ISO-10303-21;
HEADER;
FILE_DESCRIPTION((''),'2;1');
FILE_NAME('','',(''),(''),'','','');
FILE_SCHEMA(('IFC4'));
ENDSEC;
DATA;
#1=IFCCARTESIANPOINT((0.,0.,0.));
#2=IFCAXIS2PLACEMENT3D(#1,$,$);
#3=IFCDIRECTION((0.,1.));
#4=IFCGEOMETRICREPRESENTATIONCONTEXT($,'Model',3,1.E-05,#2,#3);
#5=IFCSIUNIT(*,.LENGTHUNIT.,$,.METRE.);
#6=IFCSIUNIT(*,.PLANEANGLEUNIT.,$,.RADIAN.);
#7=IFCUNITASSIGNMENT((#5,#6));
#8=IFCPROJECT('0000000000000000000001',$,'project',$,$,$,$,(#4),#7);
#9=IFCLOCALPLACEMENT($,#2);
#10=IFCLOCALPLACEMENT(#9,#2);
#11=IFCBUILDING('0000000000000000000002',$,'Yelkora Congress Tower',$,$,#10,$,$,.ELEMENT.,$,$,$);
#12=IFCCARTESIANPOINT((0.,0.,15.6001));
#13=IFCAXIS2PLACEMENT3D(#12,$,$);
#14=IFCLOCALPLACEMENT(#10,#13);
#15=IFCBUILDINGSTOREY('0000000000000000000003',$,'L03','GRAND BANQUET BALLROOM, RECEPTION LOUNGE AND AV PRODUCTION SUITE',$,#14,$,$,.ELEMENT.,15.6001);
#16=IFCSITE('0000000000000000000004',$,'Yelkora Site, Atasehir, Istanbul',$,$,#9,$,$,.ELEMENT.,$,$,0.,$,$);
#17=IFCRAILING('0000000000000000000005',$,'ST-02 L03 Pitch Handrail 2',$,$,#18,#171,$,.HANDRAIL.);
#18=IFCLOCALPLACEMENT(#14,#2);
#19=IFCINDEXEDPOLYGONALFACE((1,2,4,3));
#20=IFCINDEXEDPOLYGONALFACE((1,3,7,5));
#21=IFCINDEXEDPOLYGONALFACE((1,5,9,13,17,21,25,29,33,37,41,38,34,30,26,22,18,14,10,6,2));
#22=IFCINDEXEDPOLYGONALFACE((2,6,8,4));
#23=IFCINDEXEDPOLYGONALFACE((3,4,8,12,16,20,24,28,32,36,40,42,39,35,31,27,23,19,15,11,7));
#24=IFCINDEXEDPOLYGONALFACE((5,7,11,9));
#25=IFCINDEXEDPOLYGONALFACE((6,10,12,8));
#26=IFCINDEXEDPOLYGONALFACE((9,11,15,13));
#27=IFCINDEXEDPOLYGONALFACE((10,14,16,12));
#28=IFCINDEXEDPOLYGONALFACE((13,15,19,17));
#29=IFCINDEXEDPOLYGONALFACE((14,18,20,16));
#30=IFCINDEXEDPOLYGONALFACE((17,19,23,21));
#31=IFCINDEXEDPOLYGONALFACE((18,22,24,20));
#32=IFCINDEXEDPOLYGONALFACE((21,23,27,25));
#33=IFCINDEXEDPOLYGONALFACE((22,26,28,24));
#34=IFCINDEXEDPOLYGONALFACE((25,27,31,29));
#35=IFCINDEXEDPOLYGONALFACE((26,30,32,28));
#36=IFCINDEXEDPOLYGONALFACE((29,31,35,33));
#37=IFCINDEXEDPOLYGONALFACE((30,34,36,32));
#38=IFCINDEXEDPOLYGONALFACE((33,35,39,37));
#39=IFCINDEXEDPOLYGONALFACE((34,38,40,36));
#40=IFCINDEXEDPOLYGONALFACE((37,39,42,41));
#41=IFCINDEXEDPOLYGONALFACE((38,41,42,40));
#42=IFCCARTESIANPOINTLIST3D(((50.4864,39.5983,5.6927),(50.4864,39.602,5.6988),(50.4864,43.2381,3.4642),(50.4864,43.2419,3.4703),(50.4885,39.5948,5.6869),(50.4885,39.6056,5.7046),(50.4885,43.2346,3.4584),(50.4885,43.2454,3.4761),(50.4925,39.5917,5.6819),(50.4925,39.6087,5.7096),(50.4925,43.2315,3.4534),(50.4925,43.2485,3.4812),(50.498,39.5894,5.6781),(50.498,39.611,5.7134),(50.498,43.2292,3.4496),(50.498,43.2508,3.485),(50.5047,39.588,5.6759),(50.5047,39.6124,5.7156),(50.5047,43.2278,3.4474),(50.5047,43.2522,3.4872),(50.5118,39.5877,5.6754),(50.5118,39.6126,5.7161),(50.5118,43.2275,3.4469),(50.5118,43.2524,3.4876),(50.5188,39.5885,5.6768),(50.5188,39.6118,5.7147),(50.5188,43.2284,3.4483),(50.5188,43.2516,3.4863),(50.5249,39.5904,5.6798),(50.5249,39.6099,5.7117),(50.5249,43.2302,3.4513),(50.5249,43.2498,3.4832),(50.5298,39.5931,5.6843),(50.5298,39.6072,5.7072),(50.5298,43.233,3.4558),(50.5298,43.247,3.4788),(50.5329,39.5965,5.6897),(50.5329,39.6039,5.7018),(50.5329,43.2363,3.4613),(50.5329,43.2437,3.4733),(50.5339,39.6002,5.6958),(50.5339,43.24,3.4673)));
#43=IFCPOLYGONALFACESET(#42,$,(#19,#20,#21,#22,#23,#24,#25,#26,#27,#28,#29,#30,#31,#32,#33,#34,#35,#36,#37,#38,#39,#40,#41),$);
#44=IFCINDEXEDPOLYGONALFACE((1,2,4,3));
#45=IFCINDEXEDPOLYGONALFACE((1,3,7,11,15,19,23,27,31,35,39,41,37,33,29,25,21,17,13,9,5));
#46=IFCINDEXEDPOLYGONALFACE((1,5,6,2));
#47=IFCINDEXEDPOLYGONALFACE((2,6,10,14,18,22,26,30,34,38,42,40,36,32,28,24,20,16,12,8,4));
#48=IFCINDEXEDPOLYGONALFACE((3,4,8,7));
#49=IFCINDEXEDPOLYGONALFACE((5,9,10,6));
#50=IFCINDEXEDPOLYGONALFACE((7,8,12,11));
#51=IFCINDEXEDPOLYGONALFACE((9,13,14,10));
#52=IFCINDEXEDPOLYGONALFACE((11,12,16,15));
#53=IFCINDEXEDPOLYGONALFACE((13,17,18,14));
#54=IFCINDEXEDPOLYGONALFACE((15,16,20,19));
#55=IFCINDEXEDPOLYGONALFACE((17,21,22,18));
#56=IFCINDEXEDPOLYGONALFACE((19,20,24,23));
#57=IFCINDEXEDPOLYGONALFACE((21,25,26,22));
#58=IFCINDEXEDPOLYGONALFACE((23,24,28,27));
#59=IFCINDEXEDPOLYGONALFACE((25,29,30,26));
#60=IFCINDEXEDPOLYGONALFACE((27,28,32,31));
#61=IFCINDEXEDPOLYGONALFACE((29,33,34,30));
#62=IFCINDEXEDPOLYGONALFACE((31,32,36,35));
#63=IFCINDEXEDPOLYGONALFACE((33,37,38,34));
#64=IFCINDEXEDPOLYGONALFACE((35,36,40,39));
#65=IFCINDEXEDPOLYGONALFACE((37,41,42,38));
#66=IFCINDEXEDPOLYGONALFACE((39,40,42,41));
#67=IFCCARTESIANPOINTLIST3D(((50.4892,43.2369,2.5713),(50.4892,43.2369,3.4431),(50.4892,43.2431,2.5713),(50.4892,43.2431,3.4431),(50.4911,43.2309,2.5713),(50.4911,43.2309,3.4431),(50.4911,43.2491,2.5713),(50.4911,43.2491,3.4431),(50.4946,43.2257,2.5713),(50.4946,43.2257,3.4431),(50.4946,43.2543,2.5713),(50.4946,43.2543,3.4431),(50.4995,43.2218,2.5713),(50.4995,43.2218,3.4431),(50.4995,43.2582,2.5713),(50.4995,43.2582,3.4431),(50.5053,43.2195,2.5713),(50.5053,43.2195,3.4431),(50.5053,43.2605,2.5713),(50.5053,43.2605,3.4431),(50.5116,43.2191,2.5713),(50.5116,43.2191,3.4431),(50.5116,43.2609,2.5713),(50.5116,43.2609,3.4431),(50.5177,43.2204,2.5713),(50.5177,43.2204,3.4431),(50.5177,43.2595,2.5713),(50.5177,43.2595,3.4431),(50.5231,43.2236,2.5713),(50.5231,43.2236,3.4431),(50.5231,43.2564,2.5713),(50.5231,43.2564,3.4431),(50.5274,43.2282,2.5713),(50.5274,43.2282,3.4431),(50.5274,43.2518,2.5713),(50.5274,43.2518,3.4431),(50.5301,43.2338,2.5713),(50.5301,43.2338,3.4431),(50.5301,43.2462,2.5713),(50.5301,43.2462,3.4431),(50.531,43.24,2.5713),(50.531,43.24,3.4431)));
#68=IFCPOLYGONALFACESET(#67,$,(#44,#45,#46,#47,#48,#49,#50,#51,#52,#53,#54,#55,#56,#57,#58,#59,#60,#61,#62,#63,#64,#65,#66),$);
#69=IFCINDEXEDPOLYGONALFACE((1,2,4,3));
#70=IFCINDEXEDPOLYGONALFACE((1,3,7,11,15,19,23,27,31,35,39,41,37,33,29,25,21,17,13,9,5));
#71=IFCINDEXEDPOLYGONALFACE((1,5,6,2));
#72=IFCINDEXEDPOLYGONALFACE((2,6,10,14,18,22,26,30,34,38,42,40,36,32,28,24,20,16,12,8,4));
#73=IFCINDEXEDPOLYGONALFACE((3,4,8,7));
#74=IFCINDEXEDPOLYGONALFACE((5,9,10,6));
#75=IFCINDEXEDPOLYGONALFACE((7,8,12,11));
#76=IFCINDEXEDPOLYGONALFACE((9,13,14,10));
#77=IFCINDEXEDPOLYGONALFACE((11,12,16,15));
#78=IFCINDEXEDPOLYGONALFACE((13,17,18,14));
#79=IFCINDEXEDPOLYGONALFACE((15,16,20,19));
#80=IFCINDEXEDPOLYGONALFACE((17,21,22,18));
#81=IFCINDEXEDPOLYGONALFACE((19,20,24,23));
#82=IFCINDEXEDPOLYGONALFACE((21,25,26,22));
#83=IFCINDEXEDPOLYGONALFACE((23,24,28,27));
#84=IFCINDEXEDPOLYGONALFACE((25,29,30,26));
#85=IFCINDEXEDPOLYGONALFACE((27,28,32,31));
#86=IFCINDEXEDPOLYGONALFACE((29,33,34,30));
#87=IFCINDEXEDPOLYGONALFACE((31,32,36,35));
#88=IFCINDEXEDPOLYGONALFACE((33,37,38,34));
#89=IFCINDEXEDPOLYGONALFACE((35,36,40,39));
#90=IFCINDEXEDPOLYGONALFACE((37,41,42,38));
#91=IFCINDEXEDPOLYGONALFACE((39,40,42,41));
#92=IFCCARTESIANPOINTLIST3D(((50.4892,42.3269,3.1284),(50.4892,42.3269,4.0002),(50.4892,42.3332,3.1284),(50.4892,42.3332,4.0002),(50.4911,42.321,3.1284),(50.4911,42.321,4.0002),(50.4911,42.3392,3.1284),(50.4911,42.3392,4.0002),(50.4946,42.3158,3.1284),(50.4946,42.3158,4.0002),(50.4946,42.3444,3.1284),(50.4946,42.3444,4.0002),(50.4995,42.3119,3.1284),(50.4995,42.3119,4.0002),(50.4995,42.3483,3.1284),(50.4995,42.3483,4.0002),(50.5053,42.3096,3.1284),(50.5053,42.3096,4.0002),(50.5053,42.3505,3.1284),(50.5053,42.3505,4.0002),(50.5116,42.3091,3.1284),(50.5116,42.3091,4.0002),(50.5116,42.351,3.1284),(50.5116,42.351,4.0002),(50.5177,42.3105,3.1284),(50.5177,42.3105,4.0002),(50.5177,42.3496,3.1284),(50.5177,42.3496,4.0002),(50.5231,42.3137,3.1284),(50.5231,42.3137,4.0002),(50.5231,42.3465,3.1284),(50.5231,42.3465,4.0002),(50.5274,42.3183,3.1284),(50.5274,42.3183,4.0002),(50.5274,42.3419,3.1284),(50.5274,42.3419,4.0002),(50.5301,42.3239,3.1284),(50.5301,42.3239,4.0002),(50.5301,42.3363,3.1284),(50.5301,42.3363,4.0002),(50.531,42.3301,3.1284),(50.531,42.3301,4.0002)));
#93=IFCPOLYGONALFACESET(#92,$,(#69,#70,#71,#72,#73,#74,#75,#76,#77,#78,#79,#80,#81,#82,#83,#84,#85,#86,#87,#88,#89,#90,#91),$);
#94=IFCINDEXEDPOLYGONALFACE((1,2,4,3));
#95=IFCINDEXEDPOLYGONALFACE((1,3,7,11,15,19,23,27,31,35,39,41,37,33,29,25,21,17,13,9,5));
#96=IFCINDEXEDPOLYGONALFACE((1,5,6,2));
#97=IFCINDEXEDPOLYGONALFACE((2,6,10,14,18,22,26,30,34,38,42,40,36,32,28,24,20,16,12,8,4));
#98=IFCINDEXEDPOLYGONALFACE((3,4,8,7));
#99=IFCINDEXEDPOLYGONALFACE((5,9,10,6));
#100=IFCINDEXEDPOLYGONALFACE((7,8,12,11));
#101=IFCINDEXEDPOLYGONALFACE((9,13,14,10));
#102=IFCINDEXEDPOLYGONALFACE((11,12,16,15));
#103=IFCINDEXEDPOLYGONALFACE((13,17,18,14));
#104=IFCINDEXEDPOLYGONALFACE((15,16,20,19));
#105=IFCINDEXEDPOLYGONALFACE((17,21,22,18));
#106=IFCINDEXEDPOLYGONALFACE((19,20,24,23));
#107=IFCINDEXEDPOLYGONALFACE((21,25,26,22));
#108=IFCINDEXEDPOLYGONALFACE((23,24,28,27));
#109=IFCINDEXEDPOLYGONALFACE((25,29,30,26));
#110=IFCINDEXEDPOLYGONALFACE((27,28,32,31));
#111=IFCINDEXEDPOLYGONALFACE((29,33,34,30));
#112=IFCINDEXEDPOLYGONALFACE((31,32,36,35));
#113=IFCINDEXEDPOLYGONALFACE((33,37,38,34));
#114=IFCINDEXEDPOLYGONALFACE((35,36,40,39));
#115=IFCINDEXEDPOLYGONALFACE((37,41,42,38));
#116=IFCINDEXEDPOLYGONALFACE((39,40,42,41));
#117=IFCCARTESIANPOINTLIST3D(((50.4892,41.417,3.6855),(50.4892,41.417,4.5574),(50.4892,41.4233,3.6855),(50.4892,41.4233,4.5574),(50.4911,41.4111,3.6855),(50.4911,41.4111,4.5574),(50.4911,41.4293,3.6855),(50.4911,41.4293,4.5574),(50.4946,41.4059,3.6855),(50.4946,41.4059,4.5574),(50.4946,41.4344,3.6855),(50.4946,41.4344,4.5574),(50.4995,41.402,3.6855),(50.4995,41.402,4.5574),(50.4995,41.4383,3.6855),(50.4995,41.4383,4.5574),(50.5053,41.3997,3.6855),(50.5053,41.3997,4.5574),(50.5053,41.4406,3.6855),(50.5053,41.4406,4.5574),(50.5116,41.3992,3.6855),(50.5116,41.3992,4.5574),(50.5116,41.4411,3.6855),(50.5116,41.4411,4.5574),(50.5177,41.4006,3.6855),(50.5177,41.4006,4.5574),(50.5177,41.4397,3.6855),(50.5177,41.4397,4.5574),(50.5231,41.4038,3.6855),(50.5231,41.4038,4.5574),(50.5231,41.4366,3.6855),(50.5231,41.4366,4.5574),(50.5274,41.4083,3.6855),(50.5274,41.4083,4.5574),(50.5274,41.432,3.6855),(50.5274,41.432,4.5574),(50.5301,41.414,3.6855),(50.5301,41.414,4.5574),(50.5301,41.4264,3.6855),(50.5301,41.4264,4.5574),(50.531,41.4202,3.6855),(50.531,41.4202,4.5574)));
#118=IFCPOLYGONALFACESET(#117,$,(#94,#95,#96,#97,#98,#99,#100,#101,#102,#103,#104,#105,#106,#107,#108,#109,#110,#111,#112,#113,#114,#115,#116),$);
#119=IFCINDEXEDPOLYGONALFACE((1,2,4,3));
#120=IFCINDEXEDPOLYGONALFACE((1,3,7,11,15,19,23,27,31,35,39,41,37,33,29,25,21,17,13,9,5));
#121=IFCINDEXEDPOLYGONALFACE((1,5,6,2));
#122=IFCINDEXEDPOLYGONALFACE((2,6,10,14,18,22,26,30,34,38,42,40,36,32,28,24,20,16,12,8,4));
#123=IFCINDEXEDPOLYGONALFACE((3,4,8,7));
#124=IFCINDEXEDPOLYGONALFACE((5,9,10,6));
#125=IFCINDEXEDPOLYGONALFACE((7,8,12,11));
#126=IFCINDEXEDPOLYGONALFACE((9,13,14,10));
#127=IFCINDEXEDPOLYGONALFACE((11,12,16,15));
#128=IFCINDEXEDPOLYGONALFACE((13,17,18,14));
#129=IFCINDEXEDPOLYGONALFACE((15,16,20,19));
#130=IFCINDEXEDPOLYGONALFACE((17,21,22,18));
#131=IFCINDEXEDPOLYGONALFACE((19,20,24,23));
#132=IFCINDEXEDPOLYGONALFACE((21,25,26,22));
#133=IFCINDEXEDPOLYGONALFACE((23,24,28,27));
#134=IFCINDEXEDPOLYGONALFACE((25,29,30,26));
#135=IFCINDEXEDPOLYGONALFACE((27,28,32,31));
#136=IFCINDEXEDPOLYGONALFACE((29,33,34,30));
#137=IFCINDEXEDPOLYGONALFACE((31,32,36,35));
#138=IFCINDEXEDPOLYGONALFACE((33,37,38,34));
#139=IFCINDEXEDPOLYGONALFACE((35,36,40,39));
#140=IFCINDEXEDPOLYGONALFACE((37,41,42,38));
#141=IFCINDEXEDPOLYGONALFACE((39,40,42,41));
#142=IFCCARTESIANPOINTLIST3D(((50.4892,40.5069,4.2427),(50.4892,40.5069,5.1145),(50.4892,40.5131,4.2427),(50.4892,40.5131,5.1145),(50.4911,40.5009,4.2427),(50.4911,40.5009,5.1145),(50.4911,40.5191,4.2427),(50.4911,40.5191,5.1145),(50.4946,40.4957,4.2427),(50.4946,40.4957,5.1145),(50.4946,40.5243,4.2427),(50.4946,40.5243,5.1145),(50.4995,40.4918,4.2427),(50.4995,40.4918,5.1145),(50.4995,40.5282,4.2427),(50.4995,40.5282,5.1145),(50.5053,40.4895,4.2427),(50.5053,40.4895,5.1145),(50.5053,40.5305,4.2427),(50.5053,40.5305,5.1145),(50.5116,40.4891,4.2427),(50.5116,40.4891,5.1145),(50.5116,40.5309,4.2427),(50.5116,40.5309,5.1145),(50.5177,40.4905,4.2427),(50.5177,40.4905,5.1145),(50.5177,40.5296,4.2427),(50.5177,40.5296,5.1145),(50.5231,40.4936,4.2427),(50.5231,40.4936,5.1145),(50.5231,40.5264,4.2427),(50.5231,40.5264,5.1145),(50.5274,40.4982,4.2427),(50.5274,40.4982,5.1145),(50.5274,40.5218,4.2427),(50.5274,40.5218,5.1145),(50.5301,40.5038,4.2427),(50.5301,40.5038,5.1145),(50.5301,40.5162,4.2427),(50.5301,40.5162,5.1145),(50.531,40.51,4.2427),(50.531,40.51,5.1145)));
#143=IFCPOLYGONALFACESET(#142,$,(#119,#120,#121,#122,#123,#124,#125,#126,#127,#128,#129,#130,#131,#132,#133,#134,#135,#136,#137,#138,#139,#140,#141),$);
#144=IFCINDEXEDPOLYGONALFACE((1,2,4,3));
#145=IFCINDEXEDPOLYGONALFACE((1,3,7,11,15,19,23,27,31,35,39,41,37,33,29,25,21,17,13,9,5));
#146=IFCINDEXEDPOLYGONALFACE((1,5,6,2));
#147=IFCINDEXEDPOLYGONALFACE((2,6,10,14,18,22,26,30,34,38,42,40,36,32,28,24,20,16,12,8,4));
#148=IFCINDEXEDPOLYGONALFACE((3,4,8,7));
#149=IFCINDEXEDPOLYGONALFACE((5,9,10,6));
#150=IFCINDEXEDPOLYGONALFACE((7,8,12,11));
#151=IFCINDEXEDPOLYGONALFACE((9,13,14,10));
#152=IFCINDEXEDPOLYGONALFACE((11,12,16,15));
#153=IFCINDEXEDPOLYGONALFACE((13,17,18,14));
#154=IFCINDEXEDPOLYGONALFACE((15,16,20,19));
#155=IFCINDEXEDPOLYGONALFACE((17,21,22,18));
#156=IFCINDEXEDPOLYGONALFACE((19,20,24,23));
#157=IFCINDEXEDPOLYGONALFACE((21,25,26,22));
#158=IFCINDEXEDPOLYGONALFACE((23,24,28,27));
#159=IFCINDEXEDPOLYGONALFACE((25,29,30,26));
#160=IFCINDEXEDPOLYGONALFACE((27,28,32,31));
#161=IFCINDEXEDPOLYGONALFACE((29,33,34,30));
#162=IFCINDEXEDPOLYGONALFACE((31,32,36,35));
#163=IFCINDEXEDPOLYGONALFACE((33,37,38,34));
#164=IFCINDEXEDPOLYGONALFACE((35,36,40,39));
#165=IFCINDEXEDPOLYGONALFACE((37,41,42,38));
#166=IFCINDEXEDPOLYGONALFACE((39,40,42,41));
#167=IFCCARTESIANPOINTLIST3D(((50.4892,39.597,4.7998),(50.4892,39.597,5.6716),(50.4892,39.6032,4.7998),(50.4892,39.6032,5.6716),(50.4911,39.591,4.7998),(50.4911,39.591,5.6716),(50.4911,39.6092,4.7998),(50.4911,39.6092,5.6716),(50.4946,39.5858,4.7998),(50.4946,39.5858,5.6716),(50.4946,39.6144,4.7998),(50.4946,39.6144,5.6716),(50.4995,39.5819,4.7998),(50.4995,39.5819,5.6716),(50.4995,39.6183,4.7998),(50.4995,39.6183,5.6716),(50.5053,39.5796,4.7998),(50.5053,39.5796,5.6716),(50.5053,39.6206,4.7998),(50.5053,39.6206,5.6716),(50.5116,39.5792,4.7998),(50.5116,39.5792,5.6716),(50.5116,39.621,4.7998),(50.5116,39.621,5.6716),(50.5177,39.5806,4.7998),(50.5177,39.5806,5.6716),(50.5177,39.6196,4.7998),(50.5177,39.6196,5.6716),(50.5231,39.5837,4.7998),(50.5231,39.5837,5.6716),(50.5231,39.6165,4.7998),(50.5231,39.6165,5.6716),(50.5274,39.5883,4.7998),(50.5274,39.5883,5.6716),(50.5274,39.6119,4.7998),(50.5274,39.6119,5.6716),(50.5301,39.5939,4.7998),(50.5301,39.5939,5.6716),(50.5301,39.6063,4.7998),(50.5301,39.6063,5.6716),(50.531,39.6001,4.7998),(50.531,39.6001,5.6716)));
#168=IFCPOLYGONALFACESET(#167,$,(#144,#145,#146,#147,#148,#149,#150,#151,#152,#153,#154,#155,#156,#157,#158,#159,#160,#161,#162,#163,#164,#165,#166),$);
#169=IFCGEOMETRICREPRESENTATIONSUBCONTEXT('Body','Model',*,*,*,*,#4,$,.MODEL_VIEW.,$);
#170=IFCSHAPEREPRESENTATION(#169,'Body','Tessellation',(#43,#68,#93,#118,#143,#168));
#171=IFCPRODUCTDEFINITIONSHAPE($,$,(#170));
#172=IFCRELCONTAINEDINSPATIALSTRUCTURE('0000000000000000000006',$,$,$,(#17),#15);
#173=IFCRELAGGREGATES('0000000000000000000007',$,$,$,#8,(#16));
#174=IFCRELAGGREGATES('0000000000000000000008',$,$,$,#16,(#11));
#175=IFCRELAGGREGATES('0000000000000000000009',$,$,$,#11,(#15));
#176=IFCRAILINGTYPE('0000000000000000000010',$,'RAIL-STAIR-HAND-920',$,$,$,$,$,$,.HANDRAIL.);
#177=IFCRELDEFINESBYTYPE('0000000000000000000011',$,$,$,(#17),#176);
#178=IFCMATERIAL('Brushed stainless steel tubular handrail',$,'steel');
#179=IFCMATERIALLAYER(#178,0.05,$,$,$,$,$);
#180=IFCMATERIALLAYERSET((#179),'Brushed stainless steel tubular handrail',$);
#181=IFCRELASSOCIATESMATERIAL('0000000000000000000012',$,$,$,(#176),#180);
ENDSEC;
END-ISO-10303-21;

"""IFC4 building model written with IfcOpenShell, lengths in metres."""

from ifc_helpers import new_model, si_unit, direction, frame, origin, origin_2d, place, context, subcontext, project, spatial, circle, extrude, material, layer, layer_set, type_object, element, save


model = new_model("IFC4")

# Units and contexts
model_context = context("Model", 3, precision=1e-05, world=origin(), true_north=direction((0.0, 1.0)))
body_context = subcontext(model_context, "Body", "Model", "MODEL_VIEW")
ifc_project = project(units=[si_unit("LENGTHUNIT", "METRE"), si_unit("PLANEANGLEUNIT", "RADIAN")], contexts=[model_context])

# Site, building, storey
site_placement = place(None, origin())
site = spatial("IfcSite", under=ifc_project, at=site_placement, Name="Yelkora Site, Atasehir, Istanbul", CompositionType="ELEMENT", RefElevation=0.0)
building_placement = place(site_placement, origin())
building = spatial("IfcBuilding", under=site, at=building_placement, Name="Yelkora Congress Tower", CompositionType="ELEMENT")
storey_placement = place(building_placement, frame((0.0, 0.0, 15.6001)))
storey = spatial("IfcBuildingStorey", under=building, at=storey_placement, Name="L03", Description="GRAND BANQUET BALLROOM, RECEPTION LOUNGE AND AV PRODUCTION SUITE", CompositionType="ELEMENT", Elevation=15.6001)

# Railing
ifc_material_1 = material(Name="Brushed stainless steel tubular handrail", Category="steel")
ifc_layer_1 = layer(ifc_material_1, 0.05)
ifc_layer_set_1 = layer_set([ifc_layer_1], Name="Brushed stainless steel tubular handrail")
railing_type_1 = type_object("IfcRailingType", Name="RAIL-STAIR-HAND-920", PredefinedType="HANDRAIL", material=ifc_layer_set_1)
railing_1_placement = place(storey_placement, frame((50.51, 43.24, 2.5713)))
element("IfcRailing", 1, at=railing_1_placement, inside=storey, type_object=railing_type_1, Name="ST-02 L03 Pitch Handrail 2", PredefinedType="HANDRAIL", context=body_context, shape_type="SweptSolid", body=[
    extrude(circle(Radius=0.0239, at=origin_2d()), frame((0.0, 0.0, 0.896), z_axis=(0.0, -0.85285, 0.522156), x_axis=(1.0, 0.0, 0.0)), (0.0, 0.0, 1.0), 4.2678),
    extrude(circle(Radius=0.021, at=origin_2d()), origin(), (0.0, 0.0, 1.0), 0.8718),
    extrude(circle(Radius=0.021, at=origin_2d()), frame((0.0, -0.9099, 0.5571)), (0.0, 0.0, 1.0), 0.8718),
    extrude(circle(Radius=0.021, at=origin_2d()), frame((0.0, -1.8198, 1.1143)), (0.0, 0.0, 1.0), 0.8718),
    extrude(circle(Radius=0.021, at=origin_2d()), frame((0.0, -2.73, 1.6714)), (0.0, 0.0, 1.0), 0.8718),
    extrude(circle(Radius=0.021, at=origin_2d()), frame((0.0, -3.6399, 2.2285)), (0.0, 0.0, 1.0), 0.8718),
])

save(model, "model.ifc")
